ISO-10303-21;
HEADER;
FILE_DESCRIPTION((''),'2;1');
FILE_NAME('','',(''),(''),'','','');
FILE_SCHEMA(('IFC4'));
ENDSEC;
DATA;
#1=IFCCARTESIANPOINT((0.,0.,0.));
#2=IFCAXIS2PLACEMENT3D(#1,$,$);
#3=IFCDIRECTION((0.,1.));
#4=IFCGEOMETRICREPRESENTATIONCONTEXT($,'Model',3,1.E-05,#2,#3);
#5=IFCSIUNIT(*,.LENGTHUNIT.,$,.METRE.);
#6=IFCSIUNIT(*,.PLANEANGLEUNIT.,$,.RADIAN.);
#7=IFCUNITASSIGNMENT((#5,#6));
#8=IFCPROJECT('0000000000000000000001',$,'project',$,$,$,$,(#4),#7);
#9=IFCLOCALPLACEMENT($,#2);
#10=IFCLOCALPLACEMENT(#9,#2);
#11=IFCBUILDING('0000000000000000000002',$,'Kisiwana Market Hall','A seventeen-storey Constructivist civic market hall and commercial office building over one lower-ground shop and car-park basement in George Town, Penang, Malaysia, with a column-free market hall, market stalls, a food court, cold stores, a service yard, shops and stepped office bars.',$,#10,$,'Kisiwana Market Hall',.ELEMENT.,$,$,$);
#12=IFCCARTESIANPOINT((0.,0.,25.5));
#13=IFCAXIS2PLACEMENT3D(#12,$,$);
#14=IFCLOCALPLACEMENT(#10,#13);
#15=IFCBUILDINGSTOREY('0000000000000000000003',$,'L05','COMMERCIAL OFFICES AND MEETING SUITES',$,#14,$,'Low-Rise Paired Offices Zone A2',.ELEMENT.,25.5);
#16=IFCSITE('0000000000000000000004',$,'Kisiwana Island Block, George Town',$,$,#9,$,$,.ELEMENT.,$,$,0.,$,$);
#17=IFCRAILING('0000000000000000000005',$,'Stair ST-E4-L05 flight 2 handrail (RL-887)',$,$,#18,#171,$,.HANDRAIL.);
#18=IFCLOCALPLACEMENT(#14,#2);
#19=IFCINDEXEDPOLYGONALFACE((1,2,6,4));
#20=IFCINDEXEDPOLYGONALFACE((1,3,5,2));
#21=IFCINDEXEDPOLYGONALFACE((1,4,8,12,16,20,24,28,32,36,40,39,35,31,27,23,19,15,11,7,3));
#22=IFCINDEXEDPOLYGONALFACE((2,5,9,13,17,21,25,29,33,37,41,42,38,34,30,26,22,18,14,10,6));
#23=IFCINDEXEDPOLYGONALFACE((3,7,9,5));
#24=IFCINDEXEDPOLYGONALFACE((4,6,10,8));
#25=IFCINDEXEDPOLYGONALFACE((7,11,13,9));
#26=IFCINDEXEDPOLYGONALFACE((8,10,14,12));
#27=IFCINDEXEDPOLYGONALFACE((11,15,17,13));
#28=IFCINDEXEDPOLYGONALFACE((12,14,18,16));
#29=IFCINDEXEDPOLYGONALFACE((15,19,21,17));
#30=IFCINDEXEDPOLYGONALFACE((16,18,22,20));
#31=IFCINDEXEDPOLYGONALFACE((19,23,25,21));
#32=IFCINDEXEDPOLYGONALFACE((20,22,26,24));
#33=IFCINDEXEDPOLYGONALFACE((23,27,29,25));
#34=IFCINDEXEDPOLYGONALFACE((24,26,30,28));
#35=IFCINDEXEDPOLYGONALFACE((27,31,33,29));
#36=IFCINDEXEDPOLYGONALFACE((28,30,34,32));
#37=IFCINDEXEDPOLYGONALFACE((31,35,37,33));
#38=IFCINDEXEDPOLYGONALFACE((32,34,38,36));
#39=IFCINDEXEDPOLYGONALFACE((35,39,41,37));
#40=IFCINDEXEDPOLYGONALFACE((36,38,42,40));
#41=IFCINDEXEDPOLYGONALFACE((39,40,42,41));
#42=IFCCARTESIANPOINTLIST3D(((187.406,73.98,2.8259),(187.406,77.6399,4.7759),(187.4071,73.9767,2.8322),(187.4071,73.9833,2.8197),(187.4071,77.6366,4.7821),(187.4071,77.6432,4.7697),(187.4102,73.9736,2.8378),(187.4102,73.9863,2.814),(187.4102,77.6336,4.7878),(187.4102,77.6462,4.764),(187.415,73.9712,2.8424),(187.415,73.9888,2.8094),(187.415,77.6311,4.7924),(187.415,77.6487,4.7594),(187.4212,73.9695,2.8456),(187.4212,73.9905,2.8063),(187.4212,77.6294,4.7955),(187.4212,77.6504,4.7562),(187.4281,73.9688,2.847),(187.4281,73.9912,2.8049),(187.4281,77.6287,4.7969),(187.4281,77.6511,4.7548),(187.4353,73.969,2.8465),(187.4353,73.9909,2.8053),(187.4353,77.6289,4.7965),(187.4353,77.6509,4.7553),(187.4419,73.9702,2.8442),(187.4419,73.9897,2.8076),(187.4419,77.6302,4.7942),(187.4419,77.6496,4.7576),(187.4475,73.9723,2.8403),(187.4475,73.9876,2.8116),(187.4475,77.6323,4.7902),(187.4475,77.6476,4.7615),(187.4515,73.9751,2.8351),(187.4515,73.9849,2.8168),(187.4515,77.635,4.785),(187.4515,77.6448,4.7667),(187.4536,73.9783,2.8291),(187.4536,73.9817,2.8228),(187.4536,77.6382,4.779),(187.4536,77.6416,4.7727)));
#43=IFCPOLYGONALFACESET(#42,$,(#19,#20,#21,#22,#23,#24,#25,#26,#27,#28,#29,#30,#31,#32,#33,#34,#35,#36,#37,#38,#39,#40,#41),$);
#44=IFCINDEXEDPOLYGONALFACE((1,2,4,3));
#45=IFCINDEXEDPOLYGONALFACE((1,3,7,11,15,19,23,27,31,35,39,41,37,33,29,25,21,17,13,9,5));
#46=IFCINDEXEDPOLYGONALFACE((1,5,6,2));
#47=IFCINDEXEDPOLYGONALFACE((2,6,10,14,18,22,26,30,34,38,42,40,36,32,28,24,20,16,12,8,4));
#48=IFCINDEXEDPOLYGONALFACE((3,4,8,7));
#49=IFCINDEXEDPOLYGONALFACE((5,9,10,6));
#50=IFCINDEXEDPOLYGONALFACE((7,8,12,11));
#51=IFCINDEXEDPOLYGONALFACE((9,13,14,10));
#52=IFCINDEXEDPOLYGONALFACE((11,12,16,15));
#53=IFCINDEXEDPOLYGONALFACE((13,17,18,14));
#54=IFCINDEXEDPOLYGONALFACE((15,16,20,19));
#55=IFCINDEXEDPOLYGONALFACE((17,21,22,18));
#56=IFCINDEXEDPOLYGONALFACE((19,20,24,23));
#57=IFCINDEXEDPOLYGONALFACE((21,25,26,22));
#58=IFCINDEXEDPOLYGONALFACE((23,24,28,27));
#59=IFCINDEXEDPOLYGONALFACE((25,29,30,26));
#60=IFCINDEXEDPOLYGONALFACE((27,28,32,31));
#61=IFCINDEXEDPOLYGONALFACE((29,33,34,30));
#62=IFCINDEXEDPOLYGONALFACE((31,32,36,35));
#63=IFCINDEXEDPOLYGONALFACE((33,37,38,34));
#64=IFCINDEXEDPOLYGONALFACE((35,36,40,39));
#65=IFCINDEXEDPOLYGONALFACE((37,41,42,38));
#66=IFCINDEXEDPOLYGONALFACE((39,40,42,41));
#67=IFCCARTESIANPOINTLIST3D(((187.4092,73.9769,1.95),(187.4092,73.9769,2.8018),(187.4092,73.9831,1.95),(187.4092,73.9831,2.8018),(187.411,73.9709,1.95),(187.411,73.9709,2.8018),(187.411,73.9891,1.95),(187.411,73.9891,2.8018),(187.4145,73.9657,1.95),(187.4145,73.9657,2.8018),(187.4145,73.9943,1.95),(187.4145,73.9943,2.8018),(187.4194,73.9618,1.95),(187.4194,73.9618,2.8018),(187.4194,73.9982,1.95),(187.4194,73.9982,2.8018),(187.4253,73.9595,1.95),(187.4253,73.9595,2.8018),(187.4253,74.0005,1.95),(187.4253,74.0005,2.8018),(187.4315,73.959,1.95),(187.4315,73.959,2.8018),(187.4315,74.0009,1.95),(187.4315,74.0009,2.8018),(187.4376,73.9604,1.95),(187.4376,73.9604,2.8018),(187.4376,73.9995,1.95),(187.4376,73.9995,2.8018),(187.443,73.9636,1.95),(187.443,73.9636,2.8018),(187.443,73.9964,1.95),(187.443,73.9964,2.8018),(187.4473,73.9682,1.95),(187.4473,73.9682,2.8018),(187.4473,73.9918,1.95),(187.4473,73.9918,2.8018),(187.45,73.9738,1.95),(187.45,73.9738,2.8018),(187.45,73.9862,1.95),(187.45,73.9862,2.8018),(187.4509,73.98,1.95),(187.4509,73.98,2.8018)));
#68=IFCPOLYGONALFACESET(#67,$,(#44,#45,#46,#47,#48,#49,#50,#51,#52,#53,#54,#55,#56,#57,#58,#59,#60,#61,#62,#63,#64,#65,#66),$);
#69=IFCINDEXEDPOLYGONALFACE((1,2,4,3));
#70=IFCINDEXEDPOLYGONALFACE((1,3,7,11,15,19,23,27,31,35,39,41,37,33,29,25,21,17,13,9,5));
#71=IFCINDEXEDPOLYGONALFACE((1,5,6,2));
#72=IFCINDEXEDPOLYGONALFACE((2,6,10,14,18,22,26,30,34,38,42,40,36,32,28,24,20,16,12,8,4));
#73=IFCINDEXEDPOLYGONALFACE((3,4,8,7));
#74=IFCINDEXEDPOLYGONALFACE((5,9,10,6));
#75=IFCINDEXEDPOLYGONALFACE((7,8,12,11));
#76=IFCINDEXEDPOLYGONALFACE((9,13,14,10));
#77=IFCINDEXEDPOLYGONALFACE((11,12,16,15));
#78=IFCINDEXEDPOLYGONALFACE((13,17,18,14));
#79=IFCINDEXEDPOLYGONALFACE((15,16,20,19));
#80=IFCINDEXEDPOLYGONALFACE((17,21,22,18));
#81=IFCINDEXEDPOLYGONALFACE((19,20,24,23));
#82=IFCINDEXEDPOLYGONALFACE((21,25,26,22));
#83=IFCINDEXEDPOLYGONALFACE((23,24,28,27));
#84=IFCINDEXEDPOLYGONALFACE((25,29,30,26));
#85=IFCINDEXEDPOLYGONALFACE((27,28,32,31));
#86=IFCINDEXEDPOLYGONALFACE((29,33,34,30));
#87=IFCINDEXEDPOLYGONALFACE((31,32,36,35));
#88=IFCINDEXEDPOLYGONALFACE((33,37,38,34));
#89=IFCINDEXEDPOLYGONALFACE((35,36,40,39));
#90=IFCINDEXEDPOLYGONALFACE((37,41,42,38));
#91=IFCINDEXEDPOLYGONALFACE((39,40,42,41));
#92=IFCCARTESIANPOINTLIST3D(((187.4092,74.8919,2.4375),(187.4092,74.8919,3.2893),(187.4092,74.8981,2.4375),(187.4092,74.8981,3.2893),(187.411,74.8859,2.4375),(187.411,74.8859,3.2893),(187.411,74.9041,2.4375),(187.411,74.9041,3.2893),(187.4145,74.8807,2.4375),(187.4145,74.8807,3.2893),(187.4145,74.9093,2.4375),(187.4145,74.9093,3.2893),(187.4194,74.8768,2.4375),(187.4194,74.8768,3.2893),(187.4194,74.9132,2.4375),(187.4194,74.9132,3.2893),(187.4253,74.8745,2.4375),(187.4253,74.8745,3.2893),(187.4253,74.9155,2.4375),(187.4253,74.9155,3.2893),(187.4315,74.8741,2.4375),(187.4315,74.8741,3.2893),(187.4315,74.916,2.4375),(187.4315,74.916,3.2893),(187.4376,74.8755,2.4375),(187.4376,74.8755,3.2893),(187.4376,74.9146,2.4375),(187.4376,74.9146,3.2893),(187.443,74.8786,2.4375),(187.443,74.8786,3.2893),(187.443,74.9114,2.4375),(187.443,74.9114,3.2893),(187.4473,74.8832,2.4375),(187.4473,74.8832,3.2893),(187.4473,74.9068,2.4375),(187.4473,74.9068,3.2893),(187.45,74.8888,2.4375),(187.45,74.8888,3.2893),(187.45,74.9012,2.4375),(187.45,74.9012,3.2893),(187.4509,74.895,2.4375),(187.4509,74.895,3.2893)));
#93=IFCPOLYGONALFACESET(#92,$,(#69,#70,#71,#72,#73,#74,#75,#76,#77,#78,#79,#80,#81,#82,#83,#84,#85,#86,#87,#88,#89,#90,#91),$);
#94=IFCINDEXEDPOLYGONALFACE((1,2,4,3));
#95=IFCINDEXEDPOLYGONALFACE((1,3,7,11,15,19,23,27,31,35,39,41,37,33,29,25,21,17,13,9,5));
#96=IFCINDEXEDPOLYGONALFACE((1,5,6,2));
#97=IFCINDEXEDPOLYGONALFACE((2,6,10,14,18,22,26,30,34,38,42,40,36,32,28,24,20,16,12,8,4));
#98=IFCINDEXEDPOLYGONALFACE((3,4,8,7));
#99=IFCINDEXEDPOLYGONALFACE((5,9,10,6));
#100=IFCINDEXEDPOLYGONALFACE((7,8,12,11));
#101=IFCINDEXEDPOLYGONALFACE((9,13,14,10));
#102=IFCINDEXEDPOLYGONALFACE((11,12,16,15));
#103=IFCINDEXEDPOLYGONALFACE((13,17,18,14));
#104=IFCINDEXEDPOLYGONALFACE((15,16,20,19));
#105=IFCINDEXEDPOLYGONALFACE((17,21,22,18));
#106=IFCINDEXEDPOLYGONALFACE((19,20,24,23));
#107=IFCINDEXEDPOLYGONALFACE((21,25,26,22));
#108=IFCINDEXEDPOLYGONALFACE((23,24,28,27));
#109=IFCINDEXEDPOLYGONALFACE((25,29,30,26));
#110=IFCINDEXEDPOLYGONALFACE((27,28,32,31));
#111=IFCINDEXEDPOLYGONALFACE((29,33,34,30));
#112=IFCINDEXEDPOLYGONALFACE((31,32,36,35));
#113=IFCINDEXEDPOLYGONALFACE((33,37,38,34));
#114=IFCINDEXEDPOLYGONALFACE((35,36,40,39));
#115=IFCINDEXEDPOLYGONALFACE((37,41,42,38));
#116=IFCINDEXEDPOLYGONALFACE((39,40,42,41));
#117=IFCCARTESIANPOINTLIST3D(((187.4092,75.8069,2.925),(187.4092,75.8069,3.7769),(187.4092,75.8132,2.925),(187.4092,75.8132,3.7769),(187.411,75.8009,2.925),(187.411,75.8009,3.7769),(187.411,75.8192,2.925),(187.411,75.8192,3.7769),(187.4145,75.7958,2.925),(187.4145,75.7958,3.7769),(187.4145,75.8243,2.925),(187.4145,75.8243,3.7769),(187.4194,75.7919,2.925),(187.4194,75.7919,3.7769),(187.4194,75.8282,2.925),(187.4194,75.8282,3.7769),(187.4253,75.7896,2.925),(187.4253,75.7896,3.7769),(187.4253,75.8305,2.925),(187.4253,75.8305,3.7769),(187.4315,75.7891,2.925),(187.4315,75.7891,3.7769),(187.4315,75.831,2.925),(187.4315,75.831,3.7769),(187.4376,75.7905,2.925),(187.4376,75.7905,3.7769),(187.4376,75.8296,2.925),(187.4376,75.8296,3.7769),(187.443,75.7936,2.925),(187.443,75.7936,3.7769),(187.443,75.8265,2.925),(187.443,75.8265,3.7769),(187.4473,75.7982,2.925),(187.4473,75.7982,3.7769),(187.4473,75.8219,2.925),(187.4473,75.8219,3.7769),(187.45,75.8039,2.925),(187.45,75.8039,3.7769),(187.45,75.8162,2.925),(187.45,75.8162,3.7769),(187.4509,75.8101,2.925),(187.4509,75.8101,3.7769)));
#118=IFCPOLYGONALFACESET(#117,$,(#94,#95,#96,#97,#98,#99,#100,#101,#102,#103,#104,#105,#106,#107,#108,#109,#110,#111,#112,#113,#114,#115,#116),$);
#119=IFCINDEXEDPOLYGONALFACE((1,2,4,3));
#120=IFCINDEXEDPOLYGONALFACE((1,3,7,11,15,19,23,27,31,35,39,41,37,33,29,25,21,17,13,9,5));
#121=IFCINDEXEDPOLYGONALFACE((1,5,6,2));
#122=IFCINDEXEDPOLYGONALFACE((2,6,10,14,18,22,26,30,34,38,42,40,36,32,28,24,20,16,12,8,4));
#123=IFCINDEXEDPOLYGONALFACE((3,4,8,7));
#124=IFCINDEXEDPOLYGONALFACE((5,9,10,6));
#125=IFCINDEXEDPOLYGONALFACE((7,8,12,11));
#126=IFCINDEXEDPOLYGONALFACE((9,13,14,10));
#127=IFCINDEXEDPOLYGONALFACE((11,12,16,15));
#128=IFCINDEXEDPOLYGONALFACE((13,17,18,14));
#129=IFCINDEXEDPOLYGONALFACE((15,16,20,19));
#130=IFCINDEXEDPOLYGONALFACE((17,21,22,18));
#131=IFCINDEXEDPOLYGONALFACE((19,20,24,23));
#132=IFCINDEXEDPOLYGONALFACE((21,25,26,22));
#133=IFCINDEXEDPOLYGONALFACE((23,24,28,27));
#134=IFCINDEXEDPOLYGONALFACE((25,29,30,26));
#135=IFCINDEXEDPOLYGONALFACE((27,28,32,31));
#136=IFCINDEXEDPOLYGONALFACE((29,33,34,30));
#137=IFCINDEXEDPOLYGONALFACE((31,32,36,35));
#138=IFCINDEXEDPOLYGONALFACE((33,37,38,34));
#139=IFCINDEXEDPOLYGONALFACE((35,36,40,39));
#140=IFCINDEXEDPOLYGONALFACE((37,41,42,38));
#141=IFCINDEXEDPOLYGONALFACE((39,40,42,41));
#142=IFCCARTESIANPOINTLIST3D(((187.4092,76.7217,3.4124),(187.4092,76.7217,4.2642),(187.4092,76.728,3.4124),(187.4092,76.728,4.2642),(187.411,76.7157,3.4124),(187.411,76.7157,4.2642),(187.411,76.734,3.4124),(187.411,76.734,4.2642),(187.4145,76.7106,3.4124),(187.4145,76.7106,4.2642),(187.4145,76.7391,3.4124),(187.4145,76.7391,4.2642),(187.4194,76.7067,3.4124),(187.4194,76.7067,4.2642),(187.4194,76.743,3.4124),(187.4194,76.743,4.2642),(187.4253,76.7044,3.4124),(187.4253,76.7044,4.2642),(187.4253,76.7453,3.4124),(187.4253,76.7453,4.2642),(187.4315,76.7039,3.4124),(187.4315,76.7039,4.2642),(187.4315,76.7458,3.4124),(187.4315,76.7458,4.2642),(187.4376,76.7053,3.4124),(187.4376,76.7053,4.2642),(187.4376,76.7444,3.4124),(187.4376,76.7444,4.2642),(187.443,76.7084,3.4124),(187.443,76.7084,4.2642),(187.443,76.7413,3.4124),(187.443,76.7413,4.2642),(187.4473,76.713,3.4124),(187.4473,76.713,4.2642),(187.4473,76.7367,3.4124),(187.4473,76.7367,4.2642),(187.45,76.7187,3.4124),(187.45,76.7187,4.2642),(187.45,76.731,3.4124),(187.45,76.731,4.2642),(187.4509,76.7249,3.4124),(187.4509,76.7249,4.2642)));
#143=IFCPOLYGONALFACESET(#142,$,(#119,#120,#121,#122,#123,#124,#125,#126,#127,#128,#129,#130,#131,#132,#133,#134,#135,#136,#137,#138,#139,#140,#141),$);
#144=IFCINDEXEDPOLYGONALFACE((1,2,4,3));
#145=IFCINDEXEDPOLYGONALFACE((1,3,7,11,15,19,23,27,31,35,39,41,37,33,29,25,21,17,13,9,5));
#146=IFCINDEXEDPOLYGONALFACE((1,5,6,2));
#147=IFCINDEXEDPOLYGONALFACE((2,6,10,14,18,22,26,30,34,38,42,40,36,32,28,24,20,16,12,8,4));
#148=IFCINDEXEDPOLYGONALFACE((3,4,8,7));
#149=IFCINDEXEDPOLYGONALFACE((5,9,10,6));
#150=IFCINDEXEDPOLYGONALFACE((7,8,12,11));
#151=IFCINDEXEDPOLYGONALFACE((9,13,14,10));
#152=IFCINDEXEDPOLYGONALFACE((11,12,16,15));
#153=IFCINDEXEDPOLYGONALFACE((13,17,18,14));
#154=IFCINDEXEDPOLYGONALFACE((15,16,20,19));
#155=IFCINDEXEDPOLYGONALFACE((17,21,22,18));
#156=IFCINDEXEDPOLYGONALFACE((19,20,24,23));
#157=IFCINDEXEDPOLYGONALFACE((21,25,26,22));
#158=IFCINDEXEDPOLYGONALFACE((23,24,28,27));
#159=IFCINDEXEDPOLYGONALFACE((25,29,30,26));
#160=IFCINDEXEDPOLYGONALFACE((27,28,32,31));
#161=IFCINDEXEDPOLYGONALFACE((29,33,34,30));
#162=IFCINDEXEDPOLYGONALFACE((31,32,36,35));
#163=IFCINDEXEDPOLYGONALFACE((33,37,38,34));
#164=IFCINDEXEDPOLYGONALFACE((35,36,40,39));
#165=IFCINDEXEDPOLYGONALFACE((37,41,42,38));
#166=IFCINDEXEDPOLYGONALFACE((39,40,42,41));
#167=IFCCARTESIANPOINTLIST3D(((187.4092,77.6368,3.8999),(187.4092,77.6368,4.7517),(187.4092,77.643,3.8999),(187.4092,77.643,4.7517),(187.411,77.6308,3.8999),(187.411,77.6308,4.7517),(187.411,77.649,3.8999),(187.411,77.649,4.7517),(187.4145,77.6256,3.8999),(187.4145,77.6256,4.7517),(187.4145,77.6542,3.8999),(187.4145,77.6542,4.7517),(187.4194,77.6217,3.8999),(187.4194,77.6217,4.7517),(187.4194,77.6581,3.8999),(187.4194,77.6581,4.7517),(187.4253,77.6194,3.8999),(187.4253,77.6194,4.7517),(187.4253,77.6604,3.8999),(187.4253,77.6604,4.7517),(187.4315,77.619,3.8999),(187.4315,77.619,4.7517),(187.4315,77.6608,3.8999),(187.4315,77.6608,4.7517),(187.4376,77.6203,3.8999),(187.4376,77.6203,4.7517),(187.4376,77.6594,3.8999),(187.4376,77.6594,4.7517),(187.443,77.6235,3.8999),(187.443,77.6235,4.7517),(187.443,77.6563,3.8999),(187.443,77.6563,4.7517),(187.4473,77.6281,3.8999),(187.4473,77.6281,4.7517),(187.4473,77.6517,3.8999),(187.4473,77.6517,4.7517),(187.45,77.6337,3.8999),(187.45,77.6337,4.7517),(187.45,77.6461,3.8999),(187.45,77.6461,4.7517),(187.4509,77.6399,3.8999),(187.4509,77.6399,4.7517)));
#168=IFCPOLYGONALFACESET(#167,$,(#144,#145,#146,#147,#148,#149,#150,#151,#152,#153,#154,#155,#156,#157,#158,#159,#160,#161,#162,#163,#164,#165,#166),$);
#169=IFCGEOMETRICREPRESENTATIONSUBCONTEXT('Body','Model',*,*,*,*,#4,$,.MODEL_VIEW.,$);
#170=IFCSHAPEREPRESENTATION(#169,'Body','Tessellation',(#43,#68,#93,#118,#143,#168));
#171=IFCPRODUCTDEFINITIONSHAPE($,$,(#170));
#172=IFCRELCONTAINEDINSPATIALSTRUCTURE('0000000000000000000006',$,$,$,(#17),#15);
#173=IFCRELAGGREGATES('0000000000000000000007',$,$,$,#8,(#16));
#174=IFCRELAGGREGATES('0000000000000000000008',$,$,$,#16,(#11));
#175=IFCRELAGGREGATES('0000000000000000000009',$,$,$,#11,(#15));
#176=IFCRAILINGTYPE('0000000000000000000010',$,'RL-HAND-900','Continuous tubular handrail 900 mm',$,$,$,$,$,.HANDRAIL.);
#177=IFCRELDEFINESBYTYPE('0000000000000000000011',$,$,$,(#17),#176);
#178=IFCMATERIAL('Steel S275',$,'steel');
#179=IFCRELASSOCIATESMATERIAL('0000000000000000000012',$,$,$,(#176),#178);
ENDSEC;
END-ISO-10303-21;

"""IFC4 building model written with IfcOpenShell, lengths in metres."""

from ifc_helpers import new_model, si_unit, direction, frame, origin, origin_2d, place, context, subcontext, project, spatial, circle, extrude, material, type_object, element, save


model = new_model("IFC4")

# Units and contexts
model_context = context("Model", 3, precision=1e-05, world=origin(), true_north=direction((0.0, 1.0)))
body_context = subcontext(model_context, "Body", "Model", "MODEL_VIEW")
ifc_project = project(units=[si_unit("LENGTHUNIT", "METRE"), si_unit("PLANEANGLEUNIT", "RADIAN")], contexts=[model_context])

# Site, building, storey
site_placement = place(None, origin())
site = spatial("IfcSite", under=ifc_project, at=site_placement, Name="Kisiwana Island Block, George Town", CompositionType="ELEMENT", RefElevation=0.0)
building_placement = place(site_placement, origin())
building = spatial("IfcBuilding", under=site, at=building_placement, Name="Kisiwana Market Hall", Description="A seventeen-storey Constructivist civic market hall and commercial office building over one lower-ground shop and car-park basement in George Town, Penang, Malaysia, with a column-free market hall, market stalls, a food court, cold stores, a service yard, shops and stepped office bars.", LongName="Kisiwana Market Hall", CompositionType="ELEMENT")
storey_placement = place(building_placement, frame((0.0, 0.0, 25.5)))
storey = spatial("IfcBuildingStorey", under=building, at=storey_placement, Name="L05", Description="COMMERCIAL OFFICES AND MEETING SUITES", LongName="Low-Rise Paired Offices Zone A2", CompositionType="ELEMENT", Elevation=25.5)

# Railing
ifc_material_1 = material(Name="Steel S275", Category="steel")
railing_type_1 = type_object("IfcRailingType", Name="RL-HAND-900", Description="Continuous tubular handrail 900 mm", PredefinedType="HANDRAIL", material=ifc_material_1)
railing_1_placement = place(storey_placement, frame((187.4299, 73.98, 1.95)))
element("IfcRailing", 1, at=railing_1_placement, inside=storey, type_object=railing_type_1, Name="Stair ST-E4-L05 flight 2 handrail (RL-887)", PredefinedType="HANDRAIL", context=body_context, shape_type="SweptSolid", body=[
    extrude(circle(Radius=0.0239, at=origin_2d()), frame((0.0, 0.0, 0.876), z_axis=(0.0, 0.882553, 0.470212), x_axis=(-1.0, 0.0, 0.0)), (0.0, 0.0, 1.0), 4.147),
    extrude(circle(Radius=0.021, at=origin_2d()), origin(), (0.0, 0.0, 1.0), 0.8518),
    extrude(circle(Radius=0.021, at=origin_2d()), frame((0.0, 0.915, 0.4875)), (0.0, 0.0, 1.0), 0.8518),
    extrude(circle(Radius=0.021, at=origin_2d()), frame((0.0, 1.8301, 0.9751)), (0.0, 0.0, 1.0), 0.8518),
    extrude(circle(Radius=0.021, at=origin_2d()), frame((0.0, 2.7449, 1.4624)), (0.0, 0.0, 1.0), 0.8518),
    extrude(circle(Radius=0.021, at=origin_2d()), frame((0.0, 3.6599, 1.95)), (0.0, 0.0, 1.0), 0.8518),
])

save(model, "model.ifc")
